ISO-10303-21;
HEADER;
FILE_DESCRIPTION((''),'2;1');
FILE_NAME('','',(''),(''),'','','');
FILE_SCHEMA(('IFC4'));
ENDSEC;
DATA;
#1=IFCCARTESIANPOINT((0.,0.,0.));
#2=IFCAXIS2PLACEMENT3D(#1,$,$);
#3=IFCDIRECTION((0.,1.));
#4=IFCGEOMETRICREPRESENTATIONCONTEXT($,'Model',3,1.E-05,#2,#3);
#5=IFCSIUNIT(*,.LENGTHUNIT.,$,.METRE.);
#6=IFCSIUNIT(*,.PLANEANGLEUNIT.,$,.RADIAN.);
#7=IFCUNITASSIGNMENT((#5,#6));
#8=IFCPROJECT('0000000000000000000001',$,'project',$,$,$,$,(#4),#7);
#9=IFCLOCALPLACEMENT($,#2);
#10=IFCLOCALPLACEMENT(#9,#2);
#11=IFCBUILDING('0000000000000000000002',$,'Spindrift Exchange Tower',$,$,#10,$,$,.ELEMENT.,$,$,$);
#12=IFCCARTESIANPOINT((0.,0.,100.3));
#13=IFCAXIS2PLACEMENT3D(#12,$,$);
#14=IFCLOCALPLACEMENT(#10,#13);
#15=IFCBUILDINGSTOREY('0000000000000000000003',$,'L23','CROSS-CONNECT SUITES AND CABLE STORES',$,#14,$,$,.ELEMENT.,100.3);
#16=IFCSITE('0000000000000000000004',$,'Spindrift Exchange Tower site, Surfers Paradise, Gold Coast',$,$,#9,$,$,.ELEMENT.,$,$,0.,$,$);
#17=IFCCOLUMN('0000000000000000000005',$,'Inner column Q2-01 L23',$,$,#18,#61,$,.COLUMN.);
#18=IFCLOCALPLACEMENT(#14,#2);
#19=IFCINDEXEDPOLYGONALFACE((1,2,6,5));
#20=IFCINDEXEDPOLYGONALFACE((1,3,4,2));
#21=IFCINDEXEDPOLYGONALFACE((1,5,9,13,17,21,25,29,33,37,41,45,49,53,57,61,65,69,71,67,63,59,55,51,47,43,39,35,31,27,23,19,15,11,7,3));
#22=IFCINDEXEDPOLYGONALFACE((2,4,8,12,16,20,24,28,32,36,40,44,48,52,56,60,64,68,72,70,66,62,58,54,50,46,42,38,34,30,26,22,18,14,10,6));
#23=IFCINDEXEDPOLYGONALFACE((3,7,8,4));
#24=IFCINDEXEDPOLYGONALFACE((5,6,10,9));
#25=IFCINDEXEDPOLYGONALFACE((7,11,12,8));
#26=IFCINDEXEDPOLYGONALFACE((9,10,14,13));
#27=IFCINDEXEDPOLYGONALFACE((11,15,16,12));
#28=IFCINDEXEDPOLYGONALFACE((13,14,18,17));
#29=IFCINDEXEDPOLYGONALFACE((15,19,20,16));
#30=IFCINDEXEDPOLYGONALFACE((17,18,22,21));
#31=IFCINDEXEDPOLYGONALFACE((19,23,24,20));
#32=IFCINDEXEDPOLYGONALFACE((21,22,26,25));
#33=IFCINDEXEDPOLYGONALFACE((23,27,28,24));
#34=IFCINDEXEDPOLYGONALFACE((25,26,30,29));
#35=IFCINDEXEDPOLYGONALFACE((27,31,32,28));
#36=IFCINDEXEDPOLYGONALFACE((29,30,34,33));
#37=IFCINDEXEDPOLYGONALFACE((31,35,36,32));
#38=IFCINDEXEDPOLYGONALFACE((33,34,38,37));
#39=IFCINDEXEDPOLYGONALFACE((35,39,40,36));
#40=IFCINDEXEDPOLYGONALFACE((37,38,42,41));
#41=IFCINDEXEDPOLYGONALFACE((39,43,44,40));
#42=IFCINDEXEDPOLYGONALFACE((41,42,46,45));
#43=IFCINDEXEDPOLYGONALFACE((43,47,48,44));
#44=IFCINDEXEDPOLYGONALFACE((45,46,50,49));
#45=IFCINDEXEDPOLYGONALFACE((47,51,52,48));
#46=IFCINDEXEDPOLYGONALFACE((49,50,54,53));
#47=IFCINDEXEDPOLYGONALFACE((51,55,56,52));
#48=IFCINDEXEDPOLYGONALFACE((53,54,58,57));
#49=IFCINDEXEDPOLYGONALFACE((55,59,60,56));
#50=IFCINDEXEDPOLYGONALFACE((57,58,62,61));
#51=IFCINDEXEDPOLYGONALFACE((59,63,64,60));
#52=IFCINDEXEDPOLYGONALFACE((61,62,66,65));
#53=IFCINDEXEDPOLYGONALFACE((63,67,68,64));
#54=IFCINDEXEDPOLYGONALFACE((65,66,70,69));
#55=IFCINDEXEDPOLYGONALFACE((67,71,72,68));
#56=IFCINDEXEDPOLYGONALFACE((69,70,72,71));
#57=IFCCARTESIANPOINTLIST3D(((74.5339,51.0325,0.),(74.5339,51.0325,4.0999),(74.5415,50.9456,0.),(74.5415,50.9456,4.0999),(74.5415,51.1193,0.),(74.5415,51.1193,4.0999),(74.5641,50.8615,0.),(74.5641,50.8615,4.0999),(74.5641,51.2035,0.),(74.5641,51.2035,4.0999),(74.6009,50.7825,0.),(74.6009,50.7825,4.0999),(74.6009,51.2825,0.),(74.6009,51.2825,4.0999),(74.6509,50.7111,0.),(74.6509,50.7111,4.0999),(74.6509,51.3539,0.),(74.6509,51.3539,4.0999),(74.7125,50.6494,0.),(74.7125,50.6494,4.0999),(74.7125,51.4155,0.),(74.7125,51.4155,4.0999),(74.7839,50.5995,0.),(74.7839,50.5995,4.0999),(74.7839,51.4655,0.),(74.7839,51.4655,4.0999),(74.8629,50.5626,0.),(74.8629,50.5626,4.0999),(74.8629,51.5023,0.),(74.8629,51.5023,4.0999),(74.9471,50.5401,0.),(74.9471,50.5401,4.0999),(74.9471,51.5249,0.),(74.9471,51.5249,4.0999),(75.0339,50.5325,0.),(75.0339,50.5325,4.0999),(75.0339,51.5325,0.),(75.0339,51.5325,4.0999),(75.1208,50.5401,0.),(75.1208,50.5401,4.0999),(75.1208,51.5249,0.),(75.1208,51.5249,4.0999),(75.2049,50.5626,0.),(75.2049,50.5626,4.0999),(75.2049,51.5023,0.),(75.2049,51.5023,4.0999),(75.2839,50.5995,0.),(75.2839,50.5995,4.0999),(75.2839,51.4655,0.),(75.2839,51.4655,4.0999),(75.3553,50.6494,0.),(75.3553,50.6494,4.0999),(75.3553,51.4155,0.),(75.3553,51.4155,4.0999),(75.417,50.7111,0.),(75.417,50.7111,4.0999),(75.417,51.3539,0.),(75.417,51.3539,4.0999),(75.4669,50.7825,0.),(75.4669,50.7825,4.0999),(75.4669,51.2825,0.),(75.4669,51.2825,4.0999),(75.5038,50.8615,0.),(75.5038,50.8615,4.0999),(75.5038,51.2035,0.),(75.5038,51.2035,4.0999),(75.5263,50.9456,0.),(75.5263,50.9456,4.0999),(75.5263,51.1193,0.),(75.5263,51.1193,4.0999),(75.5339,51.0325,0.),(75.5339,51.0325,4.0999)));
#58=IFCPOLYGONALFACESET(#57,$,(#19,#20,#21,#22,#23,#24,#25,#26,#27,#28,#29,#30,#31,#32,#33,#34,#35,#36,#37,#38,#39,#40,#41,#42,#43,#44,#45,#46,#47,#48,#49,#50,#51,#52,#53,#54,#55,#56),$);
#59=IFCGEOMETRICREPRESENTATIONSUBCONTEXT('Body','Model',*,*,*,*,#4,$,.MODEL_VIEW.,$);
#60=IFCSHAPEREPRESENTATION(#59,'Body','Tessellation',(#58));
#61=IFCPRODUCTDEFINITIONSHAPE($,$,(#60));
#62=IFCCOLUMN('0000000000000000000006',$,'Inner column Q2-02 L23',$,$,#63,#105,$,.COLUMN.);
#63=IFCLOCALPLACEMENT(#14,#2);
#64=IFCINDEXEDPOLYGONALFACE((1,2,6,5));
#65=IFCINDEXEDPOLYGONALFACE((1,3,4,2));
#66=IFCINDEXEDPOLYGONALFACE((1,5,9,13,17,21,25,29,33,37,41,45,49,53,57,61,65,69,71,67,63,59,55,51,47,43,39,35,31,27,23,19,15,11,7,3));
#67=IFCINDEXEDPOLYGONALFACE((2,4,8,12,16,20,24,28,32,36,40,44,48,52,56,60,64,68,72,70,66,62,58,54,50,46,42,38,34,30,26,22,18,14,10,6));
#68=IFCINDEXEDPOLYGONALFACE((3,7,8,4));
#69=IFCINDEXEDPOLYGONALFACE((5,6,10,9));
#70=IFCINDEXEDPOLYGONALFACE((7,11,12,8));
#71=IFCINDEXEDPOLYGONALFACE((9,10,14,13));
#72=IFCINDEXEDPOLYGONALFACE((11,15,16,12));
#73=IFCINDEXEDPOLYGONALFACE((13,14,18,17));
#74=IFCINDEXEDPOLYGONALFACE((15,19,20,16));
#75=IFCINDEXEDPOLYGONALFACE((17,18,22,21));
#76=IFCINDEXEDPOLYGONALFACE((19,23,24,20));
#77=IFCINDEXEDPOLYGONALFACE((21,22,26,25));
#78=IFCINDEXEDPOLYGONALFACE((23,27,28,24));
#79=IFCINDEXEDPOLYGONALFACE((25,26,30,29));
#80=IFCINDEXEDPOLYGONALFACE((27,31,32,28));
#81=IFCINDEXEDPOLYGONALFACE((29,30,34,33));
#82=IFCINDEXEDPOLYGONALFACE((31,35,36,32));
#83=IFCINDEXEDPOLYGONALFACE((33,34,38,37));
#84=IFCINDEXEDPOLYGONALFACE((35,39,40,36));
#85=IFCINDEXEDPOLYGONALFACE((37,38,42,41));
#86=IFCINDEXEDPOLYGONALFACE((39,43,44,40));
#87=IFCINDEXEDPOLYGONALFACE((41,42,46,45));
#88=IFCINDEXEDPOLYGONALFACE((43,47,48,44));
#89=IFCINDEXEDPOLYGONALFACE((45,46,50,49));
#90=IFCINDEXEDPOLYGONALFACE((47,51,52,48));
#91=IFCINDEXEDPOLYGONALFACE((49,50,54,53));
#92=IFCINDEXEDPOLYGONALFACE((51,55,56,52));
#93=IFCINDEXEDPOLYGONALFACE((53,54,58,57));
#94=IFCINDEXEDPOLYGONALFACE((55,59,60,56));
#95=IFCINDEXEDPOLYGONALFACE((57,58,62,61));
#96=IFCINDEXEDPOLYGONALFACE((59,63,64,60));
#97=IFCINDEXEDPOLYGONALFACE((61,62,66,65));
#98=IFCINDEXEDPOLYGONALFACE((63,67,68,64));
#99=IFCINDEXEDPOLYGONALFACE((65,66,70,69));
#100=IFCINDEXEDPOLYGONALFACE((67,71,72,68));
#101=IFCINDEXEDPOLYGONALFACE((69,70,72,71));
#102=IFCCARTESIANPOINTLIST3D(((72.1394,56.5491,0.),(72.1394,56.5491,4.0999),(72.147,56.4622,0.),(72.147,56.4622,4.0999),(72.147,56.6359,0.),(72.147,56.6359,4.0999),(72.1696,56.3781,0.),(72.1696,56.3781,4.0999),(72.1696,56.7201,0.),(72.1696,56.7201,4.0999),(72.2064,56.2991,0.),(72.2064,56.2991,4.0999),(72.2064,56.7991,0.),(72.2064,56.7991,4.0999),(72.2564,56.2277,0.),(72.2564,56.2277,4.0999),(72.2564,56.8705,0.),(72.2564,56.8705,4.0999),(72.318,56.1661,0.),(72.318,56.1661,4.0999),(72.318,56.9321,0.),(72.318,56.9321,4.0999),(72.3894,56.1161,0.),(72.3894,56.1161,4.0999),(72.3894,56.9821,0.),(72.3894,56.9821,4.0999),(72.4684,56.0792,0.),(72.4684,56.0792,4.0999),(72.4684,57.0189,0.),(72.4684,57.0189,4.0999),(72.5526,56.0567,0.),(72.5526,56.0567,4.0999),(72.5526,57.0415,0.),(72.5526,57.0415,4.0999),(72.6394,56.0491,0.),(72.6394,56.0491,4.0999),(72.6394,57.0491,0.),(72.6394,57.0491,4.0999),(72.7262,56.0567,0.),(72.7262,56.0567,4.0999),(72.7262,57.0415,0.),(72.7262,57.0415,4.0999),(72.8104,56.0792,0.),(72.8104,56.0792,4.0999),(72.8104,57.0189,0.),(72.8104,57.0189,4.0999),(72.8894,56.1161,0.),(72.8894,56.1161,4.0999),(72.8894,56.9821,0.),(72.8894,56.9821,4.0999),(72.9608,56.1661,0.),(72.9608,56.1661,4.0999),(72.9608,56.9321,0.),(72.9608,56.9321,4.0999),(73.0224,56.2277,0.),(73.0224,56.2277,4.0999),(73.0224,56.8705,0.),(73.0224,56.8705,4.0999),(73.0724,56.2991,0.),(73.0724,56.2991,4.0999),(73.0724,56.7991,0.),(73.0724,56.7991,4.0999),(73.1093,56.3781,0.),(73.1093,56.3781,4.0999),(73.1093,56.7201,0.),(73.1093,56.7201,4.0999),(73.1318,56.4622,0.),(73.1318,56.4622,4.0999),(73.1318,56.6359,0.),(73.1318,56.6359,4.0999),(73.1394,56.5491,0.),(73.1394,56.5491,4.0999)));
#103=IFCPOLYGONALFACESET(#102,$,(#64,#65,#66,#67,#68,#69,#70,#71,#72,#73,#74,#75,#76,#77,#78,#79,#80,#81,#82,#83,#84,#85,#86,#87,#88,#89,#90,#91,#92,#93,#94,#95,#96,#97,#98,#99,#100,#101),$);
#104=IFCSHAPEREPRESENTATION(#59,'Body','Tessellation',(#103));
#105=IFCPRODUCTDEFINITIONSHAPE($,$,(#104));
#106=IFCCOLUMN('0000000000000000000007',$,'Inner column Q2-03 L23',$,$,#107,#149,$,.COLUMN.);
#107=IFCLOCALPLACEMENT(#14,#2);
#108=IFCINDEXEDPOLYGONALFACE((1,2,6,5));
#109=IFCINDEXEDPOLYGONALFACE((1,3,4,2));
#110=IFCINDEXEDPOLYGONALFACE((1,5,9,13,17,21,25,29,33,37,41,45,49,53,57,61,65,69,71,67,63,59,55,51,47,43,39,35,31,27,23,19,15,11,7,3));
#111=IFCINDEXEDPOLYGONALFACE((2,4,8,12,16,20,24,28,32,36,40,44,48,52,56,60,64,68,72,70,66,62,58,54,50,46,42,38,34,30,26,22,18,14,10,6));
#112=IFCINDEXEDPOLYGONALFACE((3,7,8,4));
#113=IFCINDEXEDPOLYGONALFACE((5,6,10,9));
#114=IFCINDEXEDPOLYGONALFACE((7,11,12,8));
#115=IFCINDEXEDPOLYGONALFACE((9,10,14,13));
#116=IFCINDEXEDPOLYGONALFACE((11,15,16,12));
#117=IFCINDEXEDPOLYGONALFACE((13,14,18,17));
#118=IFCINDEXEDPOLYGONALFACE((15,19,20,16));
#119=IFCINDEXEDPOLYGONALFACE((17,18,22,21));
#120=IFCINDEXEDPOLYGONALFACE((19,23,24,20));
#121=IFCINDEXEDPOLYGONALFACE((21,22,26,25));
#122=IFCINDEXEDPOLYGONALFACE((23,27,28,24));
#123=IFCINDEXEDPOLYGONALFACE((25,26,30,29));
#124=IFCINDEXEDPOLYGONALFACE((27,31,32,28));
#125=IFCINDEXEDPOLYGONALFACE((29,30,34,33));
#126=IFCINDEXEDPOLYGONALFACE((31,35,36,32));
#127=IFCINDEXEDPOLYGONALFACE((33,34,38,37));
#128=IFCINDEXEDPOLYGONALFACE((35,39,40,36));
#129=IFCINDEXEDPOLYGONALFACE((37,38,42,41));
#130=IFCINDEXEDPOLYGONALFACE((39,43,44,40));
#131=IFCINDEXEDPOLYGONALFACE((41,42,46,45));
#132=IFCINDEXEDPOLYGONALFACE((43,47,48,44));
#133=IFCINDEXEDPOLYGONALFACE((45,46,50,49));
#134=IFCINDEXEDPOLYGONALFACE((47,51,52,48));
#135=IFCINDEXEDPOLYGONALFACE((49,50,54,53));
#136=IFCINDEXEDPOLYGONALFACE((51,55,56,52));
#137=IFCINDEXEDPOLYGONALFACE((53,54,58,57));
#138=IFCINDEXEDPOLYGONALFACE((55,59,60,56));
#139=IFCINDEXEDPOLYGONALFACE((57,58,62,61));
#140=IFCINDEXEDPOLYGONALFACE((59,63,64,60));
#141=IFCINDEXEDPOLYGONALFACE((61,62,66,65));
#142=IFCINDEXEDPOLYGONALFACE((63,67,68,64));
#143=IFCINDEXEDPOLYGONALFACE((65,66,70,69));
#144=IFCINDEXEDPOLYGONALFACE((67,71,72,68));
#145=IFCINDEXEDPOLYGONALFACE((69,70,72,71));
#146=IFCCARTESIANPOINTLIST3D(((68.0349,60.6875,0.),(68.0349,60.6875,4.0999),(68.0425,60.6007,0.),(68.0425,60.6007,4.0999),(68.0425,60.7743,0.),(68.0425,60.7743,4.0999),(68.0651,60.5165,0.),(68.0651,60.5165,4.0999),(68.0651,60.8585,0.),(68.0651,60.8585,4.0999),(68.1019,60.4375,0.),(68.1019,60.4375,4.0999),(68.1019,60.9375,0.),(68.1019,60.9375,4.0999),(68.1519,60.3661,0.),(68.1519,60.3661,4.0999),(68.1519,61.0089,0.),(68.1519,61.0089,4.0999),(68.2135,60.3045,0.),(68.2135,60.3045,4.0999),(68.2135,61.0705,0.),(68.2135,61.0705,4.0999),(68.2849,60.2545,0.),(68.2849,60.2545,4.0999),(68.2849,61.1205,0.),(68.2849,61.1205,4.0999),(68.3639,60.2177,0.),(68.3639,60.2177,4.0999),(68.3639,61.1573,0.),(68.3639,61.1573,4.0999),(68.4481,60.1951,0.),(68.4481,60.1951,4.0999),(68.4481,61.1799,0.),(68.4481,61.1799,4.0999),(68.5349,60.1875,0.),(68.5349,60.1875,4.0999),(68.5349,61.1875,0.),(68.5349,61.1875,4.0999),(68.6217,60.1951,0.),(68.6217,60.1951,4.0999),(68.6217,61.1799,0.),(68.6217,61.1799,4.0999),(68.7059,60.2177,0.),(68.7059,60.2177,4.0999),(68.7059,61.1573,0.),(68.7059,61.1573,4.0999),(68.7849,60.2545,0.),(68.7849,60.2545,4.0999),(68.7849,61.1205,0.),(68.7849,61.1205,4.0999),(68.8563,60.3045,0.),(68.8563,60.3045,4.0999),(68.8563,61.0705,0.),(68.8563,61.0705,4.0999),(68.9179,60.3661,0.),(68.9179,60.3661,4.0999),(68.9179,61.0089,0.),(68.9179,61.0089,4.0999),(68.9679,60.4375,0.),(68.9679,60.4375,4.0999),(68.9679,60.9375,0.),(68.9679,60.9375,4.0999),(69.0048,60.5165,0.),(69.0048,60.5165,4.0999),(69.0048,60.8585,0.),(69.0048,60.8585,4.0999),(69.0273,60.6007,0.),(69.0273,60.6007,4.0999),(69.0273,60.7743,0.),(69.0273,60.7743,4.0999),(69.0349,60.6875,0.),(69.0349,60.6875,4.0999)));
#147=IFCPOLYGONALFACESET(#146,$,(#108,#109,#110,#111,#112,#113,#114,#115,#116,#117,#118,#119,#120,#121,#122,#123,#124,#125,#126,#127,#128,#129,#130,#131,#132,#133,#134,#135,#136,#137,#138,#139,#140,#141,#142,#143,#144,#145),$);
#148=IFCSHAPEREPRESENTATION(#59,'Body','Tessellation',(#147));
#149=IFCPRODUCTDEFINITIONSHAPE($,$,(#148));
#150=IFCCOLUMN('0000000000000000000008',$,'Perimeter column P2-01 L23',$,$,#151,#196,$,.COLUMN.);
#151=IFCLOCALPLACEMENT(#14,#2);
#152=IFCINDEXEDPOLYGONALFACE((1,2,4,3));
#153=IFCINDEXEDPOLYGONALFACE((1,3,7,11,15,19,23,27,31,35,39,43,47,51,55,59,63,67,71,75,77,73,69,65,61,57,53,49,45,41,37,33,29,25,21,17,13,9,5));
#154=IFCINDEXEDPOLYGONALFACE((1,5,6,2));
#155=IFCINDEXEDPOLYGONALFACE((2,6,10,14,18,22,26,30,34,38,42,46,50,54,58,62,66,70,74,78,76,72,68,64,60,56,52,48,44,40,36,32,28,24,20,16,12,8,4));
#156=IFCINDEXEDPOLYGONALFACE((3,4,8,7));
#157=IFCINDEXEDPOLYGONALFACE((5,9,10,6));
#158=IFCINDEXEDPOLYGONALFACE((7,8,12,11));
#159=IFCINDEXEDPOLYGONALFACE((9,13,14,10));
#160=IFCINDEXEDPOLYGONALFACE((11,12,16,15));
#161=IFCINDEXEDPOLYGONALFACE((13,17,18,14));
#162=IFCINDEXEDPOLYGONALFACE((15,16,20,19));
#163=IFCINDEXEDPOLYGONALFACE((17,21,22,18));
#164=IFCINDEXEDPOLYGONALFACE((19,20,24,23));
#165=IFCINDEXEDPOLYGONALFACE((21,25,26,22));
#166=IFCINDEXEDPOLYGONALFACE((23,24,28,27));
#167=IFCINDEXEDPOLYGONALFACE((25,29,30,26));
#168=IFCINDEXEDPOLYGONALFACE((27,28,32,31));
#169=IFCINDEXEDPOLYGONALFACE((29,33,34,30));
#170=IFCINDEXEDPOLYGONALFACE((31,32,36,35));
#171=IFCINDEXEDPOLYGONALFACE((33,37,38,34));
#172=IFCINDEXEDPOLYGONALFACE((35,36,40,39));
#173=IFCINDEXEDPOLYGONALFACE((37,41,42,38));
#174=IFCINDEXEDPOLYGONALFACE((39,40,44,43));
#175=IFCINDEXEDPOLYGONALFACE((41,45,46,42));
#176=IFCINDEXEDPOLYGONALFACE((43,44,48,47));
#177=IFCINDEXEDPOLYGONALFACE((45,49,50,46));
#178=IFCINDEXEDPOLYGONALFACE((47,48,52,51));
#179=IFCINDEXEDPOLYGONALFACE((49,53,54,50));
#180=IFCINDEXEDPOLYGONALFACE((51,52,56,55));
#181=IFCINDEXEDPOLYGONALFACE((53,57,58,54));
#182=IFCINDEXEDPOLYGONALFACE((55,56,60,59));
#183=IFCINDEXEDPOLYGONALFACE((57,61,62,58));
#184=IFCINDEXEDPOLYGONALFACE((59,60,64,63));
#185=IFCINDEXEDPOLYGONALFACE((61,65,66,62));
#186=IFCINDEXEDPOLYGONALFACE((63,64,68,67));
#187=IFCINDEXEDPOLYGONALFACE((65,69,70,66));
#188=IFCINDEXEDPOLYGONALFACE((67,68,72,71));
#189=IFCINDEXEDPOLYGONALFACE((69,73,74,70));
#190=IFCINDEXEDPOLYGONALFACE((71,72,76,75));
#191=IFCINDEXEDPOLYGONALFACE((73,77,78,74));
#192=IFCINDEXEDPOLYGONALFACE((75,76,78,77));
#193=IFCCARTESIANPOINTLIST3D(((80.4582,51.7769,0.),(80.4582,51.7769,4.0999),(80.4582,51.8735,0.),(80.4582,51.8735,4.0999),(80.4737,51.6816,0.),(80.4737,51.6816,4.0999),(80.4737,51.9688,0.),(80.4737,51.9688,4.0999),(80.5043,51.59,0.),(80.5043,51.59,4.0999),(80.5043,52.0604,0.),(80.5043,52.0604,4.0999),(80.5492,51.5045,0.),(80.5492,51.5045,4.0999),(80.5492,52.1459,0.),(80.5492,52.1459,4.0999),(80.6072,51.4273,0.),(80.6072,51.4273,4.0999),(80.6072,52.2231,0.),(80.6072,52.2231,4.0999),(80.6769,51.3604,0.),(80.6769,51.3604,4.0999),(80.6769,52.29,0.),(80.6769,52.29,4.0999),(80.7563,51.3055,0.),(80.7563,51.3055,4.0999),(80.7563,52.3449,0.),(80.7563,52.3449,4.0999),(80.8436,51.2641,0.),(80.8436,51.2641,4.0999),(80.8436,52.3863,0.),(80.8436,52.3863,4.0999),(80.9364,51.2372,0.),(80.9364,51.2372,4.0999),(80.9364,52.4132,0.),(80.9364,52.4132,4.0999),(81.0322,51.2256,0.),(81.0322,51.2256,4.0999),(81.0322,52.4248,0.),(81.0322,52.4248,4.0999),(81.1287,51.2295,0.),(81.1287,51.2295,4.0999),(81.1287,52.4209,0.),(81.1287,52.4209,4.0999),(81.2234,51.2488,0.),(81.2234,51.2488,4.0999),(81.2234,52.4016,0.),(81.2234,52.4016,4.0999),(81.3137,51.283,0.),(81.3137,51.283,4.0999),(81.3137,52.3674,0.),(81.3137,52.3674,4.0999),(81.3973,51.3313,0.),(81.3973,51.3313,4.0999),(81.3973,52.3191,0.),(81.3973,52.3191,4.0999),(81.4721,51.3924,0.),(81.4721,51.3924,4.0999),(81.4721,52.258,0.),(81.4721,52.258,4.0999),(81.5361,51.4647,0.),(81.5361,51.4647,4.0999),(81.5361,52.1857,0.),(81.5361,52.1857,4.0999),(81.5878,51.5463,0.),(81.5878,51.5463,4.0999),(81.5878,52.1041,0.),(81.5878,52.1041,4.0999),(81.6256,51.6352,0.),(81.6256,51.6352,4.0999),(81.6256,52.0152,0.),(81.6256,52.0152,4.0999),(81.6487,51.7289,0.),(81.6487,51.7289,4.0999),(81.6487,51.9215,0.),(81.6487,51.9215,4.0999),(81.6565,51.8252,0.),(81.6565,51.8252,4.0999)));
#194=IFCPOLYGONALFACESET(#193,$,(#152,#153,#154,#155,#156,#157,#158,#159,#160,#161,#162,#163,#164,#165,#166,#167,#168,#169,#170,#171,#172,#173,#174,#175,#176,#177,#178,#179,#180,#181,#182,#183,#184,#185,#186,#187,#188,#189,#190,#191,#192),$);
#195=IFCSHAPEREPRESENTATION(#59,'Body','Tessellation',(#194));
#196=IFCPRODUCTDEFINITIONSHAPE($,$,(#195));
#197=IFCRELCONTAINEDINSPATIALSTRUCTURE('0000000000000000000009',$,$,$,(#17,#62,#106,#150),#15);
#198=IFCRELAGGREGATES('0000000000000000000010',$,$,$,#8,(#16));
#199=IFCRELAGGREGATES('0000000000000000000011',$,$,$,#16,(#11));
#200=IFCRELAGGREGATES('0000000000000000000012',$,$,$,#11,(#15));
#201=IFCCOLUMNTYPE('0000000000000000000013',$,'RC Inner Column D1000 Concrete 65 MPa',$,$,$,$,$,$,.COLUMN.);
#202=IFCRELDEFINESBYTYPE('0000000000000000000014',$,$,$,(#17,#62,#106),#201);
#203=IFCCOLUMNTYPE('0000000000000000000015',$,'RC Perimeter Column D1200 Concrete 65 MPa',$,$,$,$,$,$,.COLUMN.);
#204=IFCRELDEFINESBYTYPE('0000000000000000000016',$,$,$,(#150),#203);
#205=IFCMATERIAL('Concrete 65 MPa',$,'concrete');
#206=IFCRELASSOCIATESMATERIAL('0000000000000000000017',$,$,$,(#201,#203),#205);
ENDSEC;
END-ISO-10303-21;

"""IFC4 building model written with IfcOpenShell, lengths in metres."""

from ifc_helpers import new_model, si_unit, direction, frame, origin, origin_2d, place, context, subcontext, project, spatial, circle, extrude, source, transform, mapped, material, material_profile, profile_set, type_object, element, save


model = new_model("IFC4")

# Units and contexts
model_context = context("Model", 3, precision=1e-05, world=origin(), true_north=direction((0.0, 1.0)))
body_context = subcontext(model_context, "Body", "Model", "MODEL_VIEW")
ifc_project = project(units=[si_unit("LENGTHUNIT", "METRE"), si_unit("PLANEANGLEUNIT", "RADIAN")], contexts=[model_context])

# Site, building, storey
site_placement = place(None, origin())
site = spatial("IfcSite", under=ifc_project, at=site_placement, Name="Spindrift Exchange Tower site, Surfers Paradise, Gold Coast", CompositionType="ELEMENT", RefElevation=0.0)
building_placement = place(site_placement, origin())
building = spatial("IfcBuilding", under=site, at=building_placement, Name="Spindrift Exchange Tower", CompositionType="ELEMENT")
storey_placement = place(building_placement, frame((0.0, 0.0, 100.3)))
storey = spatial("IfcBuildingStorey", under=building, at=storey_placement, Name="L23", Description="CROSS-CONNECT SUITES AND CABLE STORES", CompositionType="ELEMENT", Elevation=100.3)

# Columns
ifc_material_1 = material(Name="Concrete 65 MPa", Category="concrete")
ifc_material_profile_1 = material_profile(ifc_material_1, circle(Radius=0.5, at=origin_2d()), Name="RC D1000")
ifc_profile_set_1 = profile_set([ifc_material_profile_1], Name="Concrete 65 MPa")
column_type_1 = type_object("IfcColumnType", Name="RC Inner Column D1000 Concrete 65 MPa", PredefinedType="COLUMN", material=ifc_profile_set_1)
shared_shape_1 = source(origin(), body_context, "Body", "SweptSolid", [
    extrude(circle(Radius=0.5, at=origin_2d()), origin(), (0.0, 0.0, 1.0), 4.0999),
])
for number, where, z_axis, x_axis, name in (
    (1, (75.0339, 51.0325, 0.0), (0.0, 0.0, 1.0), (1.0, 0.0, 0.0), "Inner column Q2-01 L23"),
    (2, (72.6394, 56.5491, 0.0), (0.0, 0.0, 1.0), (1.0, 0.0, 0.0), "Inner column Q2-02 L23"),
    (3, (68.5349, 60.6875, 0.0), (0.0, 0.0, 1.0), (1.0, 0.0, 0.0), "Inner column Q2-03 L23"),
):
    element("IfcColumn", number, at=place(storey_placement, frame(where, z_axis=z_axis, x_axis=x_axis)), inside=storey, type_object=column_type_1, Name=name, PredefinedType="COLUMN", context=body_context, shape_type="MappedRepresentation", body=[
        mapped(shared_shape_1, transform((0.0, 0.0, 0.0), scale=1.0)),
    ])
ifc_material_profile_2 = material_profile(ifc_material_1, circle(Radius=0.6001, at=origin_2d()), Name="RC D1200")
ifc_profile_set_2 = profile_set([ifc_material_profile_2], Name="Concrete 65 MPa")
column_type_2 = type_object("IfcColumnType", Name="RC Perimeter Column D1200 Concrete 65 MPa", PredefinedType="COLUMN", material=ifc_profile_set_2)
shared_shape_2 = source(origin(), body_context, "Body", "SweptSolid", [
    extrude(circle(Radius=0.6001, at=origin_2d()), origin(), (0.0, 0.0, 1.0), 4.0999),
])
for number, where, z_axis, x_axis, name in (
    (4, (81.0564, 51.8252, 0.0), (0.0, 0.0, 1.0), (1.0, 0.0, 0.0), "Perimeter column P2-01 L23"),
):
    element("IfcColumn", number, at=place(storey_placement, frame(where, z_axis=z_axis, x_axis=x_axis)), inside=storey, type_object=column_type_2, Name=name, PredefinedType="COLUMN", context=body_context, shape_type="MappedRepresentation", body=[
        mapped(shared_shape_2, transform((0.0, 0.0, 0.0), scale=1.0)),
    ])

save(model, "model.ifc")
